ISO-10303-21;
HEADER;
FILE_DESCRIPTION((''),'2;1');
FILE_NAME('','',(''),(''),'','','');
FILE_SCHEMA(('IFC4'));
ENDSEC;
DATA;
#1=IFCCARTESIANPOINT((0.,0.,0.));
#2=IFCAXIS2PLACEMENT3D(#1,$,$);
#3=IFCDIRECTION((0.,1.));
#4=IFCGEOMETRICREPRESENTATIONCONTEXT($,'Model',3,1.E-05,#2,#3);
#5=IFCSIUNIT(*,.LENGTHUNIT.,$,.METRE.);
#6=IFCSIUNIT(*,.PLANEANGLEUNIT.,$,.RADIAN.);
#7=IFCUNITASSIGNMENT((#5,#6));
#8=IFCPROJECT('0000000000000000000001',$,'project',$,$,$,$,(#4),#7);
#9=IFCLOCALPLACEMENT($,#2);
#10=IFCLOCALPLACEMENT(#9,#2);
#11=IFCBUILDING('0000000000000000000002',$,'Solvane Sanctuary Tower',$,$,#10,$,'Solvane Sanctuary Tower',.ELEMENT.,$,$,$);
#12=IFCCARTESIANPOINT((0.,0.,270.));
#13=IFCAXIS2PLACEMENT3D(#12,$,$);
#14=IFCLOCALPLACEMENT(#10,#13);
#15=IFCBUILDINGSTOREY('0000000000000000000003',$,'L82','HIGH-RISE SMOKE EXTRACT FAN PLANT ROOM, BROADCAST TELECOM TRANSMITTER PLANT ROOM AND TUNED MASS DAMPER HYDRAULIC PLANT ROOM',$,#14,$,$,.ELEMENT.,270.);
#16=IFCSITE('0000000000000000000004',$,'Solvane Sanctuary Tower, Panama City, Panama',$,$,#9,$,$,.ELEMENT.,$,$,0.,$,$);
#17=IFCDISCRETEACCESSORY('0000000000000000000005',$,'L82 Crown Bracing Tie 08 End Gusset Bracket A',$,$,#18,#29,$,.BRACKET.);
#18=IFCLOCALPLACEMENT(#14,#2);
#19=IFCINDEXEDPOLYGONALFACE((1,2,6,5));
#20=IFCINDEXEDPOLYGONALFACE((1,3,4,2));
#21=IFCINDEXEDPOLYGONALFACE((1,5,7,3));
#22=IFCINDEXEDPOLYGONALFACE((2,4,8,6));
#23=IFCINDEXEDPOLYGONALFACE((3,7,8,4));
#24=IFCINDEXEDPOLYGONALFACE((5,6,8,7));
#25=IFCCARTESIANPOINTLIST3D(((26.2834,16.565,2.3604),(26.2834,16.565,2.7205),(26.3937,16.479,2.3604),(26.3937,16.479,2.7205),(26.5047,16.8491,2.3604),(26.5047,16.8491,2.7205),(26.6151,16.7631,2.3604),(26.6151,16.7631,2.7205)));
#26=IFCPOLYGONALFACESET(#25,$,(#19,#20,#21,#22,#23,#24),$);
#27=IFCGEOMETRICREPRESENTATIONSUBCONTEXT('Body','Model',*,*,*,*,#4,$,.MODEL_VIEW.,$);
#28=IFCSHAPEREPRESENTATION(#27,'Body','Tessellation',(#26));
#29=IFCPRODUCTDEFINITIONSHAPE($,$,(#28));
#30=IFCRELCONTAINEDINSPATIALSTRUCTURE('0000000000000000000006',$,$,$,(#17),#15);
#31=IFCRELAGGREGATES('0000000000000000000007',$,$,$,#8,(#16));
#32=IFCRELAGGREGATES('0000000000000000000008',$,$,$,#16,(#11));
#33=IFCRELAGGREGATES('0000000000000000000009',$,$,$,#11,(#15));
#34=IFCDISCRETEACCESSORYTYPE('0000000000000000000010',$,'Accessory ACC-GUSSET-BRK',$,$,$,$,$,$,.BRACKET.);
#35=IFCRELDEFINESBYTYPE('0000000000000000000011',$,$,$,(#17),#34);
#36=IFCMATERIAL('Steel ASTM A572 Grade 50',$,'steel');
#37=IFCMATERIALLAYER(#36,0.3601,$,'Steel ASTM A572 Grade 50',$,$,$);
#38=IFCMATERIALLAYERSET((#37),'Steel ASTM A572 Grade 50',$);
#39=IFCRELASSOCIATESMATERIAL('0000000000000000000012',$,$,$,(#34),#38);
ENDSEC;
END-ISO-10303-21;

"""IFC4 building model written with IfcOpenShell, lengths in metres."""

from ifc_helpers import new_model, si_unit, direction, frame, origin, origin_2d, place, context, subcontext, project, spatial, rectangle, extrude, material, layer, layer_set, type_object, element, save


model = new_model("IFC4")

# Units and contexts
model_context = context("Model", 3, precision=1e-05, world=origin(), true_north=direction((0.0, 1.0)))
body_context = subcontext(model_context, "Body", "Model", "MODEL_VIEW")
ifc_project = project(units=[si_unit("LENGTHUNIT", "METRE"), si_unit("PLANEANGLEUNIT", "RADIAN")], contexts=[model_context])

# Site, building, storey
site_placement = place(None, origin())
site = spatial("IfcSite", under=ifc_project, at=site_placement, Name="Solvane Sanctuary Tower, Panama City, Panama", CompositionType="ELEMENT", RefElevation=0.0)
building_placement = place(site_placement, origin())
building = spatial("IfcBuilding", under=site, at=building_placement, Name="Solvane Sanctuary Tower", LongName="Solvane Sanctuary Tower", CompositionType="ELEMENT")
storey_placement = place(building_placement, frame((0.0, 0.0, 270.0)))
storey = spatial("IfcBuildingStorey", under=building, at=storey_placement, Name="L82", Description="HIGH-RISE SMOKE EXTRACT FAN PLANT ROOM, BROADCAST TELECOM TRANSMITTER PLANT ROOM AND TUNED MASS DAMPER HYDRAULIC PLANT ROOM", CompositionType="ELEMENT", Elevation=270.0)

# Discrete accessory
ifc_material_1 = material(Name="Steel ASTM A572 Grade 50", Category="steel")
ifc_layer_1 = layer(ifc_material_1, 0.3601, Name="Steel ASTM A572 Grade 50")
ifc_layer_set_1 = layer_set([ifc_layer_1], Name="Steel ASTM A572 Grade 50")
discrete_accessory_type = type_object("IfcDiscreteAccessoryType", Name="Accessory ACC-GUSSET-BRK", PredefinedType="BRACKET", material=ifc_layer_set_1)
discrete_accessory_placement = place(storey_placement, frame((26.4492, 16.6641, 2.3604), z_axis=(0.0, 0.0, 1.0), x_axis=(-0.614698, -0.788762, 0.0)))
element("IfcDiscreteAccessory", 1, at=discrete_accessory_placement, inside=storey, type_object=discrete_accessory_type, Name="L82 Crown Bracing Tie 08 End Gusset Bracket A", PredefinedType="BRACKET", context=body_context, shape_type="SweptSolid", body=[
    extrude(rectangle(XDim=0.3601, YDim=0.1399, at=origin_2d()), origin(), (0.0, 0.0, 1.0), 0.3601),
])

save(model, "model.ifc")
